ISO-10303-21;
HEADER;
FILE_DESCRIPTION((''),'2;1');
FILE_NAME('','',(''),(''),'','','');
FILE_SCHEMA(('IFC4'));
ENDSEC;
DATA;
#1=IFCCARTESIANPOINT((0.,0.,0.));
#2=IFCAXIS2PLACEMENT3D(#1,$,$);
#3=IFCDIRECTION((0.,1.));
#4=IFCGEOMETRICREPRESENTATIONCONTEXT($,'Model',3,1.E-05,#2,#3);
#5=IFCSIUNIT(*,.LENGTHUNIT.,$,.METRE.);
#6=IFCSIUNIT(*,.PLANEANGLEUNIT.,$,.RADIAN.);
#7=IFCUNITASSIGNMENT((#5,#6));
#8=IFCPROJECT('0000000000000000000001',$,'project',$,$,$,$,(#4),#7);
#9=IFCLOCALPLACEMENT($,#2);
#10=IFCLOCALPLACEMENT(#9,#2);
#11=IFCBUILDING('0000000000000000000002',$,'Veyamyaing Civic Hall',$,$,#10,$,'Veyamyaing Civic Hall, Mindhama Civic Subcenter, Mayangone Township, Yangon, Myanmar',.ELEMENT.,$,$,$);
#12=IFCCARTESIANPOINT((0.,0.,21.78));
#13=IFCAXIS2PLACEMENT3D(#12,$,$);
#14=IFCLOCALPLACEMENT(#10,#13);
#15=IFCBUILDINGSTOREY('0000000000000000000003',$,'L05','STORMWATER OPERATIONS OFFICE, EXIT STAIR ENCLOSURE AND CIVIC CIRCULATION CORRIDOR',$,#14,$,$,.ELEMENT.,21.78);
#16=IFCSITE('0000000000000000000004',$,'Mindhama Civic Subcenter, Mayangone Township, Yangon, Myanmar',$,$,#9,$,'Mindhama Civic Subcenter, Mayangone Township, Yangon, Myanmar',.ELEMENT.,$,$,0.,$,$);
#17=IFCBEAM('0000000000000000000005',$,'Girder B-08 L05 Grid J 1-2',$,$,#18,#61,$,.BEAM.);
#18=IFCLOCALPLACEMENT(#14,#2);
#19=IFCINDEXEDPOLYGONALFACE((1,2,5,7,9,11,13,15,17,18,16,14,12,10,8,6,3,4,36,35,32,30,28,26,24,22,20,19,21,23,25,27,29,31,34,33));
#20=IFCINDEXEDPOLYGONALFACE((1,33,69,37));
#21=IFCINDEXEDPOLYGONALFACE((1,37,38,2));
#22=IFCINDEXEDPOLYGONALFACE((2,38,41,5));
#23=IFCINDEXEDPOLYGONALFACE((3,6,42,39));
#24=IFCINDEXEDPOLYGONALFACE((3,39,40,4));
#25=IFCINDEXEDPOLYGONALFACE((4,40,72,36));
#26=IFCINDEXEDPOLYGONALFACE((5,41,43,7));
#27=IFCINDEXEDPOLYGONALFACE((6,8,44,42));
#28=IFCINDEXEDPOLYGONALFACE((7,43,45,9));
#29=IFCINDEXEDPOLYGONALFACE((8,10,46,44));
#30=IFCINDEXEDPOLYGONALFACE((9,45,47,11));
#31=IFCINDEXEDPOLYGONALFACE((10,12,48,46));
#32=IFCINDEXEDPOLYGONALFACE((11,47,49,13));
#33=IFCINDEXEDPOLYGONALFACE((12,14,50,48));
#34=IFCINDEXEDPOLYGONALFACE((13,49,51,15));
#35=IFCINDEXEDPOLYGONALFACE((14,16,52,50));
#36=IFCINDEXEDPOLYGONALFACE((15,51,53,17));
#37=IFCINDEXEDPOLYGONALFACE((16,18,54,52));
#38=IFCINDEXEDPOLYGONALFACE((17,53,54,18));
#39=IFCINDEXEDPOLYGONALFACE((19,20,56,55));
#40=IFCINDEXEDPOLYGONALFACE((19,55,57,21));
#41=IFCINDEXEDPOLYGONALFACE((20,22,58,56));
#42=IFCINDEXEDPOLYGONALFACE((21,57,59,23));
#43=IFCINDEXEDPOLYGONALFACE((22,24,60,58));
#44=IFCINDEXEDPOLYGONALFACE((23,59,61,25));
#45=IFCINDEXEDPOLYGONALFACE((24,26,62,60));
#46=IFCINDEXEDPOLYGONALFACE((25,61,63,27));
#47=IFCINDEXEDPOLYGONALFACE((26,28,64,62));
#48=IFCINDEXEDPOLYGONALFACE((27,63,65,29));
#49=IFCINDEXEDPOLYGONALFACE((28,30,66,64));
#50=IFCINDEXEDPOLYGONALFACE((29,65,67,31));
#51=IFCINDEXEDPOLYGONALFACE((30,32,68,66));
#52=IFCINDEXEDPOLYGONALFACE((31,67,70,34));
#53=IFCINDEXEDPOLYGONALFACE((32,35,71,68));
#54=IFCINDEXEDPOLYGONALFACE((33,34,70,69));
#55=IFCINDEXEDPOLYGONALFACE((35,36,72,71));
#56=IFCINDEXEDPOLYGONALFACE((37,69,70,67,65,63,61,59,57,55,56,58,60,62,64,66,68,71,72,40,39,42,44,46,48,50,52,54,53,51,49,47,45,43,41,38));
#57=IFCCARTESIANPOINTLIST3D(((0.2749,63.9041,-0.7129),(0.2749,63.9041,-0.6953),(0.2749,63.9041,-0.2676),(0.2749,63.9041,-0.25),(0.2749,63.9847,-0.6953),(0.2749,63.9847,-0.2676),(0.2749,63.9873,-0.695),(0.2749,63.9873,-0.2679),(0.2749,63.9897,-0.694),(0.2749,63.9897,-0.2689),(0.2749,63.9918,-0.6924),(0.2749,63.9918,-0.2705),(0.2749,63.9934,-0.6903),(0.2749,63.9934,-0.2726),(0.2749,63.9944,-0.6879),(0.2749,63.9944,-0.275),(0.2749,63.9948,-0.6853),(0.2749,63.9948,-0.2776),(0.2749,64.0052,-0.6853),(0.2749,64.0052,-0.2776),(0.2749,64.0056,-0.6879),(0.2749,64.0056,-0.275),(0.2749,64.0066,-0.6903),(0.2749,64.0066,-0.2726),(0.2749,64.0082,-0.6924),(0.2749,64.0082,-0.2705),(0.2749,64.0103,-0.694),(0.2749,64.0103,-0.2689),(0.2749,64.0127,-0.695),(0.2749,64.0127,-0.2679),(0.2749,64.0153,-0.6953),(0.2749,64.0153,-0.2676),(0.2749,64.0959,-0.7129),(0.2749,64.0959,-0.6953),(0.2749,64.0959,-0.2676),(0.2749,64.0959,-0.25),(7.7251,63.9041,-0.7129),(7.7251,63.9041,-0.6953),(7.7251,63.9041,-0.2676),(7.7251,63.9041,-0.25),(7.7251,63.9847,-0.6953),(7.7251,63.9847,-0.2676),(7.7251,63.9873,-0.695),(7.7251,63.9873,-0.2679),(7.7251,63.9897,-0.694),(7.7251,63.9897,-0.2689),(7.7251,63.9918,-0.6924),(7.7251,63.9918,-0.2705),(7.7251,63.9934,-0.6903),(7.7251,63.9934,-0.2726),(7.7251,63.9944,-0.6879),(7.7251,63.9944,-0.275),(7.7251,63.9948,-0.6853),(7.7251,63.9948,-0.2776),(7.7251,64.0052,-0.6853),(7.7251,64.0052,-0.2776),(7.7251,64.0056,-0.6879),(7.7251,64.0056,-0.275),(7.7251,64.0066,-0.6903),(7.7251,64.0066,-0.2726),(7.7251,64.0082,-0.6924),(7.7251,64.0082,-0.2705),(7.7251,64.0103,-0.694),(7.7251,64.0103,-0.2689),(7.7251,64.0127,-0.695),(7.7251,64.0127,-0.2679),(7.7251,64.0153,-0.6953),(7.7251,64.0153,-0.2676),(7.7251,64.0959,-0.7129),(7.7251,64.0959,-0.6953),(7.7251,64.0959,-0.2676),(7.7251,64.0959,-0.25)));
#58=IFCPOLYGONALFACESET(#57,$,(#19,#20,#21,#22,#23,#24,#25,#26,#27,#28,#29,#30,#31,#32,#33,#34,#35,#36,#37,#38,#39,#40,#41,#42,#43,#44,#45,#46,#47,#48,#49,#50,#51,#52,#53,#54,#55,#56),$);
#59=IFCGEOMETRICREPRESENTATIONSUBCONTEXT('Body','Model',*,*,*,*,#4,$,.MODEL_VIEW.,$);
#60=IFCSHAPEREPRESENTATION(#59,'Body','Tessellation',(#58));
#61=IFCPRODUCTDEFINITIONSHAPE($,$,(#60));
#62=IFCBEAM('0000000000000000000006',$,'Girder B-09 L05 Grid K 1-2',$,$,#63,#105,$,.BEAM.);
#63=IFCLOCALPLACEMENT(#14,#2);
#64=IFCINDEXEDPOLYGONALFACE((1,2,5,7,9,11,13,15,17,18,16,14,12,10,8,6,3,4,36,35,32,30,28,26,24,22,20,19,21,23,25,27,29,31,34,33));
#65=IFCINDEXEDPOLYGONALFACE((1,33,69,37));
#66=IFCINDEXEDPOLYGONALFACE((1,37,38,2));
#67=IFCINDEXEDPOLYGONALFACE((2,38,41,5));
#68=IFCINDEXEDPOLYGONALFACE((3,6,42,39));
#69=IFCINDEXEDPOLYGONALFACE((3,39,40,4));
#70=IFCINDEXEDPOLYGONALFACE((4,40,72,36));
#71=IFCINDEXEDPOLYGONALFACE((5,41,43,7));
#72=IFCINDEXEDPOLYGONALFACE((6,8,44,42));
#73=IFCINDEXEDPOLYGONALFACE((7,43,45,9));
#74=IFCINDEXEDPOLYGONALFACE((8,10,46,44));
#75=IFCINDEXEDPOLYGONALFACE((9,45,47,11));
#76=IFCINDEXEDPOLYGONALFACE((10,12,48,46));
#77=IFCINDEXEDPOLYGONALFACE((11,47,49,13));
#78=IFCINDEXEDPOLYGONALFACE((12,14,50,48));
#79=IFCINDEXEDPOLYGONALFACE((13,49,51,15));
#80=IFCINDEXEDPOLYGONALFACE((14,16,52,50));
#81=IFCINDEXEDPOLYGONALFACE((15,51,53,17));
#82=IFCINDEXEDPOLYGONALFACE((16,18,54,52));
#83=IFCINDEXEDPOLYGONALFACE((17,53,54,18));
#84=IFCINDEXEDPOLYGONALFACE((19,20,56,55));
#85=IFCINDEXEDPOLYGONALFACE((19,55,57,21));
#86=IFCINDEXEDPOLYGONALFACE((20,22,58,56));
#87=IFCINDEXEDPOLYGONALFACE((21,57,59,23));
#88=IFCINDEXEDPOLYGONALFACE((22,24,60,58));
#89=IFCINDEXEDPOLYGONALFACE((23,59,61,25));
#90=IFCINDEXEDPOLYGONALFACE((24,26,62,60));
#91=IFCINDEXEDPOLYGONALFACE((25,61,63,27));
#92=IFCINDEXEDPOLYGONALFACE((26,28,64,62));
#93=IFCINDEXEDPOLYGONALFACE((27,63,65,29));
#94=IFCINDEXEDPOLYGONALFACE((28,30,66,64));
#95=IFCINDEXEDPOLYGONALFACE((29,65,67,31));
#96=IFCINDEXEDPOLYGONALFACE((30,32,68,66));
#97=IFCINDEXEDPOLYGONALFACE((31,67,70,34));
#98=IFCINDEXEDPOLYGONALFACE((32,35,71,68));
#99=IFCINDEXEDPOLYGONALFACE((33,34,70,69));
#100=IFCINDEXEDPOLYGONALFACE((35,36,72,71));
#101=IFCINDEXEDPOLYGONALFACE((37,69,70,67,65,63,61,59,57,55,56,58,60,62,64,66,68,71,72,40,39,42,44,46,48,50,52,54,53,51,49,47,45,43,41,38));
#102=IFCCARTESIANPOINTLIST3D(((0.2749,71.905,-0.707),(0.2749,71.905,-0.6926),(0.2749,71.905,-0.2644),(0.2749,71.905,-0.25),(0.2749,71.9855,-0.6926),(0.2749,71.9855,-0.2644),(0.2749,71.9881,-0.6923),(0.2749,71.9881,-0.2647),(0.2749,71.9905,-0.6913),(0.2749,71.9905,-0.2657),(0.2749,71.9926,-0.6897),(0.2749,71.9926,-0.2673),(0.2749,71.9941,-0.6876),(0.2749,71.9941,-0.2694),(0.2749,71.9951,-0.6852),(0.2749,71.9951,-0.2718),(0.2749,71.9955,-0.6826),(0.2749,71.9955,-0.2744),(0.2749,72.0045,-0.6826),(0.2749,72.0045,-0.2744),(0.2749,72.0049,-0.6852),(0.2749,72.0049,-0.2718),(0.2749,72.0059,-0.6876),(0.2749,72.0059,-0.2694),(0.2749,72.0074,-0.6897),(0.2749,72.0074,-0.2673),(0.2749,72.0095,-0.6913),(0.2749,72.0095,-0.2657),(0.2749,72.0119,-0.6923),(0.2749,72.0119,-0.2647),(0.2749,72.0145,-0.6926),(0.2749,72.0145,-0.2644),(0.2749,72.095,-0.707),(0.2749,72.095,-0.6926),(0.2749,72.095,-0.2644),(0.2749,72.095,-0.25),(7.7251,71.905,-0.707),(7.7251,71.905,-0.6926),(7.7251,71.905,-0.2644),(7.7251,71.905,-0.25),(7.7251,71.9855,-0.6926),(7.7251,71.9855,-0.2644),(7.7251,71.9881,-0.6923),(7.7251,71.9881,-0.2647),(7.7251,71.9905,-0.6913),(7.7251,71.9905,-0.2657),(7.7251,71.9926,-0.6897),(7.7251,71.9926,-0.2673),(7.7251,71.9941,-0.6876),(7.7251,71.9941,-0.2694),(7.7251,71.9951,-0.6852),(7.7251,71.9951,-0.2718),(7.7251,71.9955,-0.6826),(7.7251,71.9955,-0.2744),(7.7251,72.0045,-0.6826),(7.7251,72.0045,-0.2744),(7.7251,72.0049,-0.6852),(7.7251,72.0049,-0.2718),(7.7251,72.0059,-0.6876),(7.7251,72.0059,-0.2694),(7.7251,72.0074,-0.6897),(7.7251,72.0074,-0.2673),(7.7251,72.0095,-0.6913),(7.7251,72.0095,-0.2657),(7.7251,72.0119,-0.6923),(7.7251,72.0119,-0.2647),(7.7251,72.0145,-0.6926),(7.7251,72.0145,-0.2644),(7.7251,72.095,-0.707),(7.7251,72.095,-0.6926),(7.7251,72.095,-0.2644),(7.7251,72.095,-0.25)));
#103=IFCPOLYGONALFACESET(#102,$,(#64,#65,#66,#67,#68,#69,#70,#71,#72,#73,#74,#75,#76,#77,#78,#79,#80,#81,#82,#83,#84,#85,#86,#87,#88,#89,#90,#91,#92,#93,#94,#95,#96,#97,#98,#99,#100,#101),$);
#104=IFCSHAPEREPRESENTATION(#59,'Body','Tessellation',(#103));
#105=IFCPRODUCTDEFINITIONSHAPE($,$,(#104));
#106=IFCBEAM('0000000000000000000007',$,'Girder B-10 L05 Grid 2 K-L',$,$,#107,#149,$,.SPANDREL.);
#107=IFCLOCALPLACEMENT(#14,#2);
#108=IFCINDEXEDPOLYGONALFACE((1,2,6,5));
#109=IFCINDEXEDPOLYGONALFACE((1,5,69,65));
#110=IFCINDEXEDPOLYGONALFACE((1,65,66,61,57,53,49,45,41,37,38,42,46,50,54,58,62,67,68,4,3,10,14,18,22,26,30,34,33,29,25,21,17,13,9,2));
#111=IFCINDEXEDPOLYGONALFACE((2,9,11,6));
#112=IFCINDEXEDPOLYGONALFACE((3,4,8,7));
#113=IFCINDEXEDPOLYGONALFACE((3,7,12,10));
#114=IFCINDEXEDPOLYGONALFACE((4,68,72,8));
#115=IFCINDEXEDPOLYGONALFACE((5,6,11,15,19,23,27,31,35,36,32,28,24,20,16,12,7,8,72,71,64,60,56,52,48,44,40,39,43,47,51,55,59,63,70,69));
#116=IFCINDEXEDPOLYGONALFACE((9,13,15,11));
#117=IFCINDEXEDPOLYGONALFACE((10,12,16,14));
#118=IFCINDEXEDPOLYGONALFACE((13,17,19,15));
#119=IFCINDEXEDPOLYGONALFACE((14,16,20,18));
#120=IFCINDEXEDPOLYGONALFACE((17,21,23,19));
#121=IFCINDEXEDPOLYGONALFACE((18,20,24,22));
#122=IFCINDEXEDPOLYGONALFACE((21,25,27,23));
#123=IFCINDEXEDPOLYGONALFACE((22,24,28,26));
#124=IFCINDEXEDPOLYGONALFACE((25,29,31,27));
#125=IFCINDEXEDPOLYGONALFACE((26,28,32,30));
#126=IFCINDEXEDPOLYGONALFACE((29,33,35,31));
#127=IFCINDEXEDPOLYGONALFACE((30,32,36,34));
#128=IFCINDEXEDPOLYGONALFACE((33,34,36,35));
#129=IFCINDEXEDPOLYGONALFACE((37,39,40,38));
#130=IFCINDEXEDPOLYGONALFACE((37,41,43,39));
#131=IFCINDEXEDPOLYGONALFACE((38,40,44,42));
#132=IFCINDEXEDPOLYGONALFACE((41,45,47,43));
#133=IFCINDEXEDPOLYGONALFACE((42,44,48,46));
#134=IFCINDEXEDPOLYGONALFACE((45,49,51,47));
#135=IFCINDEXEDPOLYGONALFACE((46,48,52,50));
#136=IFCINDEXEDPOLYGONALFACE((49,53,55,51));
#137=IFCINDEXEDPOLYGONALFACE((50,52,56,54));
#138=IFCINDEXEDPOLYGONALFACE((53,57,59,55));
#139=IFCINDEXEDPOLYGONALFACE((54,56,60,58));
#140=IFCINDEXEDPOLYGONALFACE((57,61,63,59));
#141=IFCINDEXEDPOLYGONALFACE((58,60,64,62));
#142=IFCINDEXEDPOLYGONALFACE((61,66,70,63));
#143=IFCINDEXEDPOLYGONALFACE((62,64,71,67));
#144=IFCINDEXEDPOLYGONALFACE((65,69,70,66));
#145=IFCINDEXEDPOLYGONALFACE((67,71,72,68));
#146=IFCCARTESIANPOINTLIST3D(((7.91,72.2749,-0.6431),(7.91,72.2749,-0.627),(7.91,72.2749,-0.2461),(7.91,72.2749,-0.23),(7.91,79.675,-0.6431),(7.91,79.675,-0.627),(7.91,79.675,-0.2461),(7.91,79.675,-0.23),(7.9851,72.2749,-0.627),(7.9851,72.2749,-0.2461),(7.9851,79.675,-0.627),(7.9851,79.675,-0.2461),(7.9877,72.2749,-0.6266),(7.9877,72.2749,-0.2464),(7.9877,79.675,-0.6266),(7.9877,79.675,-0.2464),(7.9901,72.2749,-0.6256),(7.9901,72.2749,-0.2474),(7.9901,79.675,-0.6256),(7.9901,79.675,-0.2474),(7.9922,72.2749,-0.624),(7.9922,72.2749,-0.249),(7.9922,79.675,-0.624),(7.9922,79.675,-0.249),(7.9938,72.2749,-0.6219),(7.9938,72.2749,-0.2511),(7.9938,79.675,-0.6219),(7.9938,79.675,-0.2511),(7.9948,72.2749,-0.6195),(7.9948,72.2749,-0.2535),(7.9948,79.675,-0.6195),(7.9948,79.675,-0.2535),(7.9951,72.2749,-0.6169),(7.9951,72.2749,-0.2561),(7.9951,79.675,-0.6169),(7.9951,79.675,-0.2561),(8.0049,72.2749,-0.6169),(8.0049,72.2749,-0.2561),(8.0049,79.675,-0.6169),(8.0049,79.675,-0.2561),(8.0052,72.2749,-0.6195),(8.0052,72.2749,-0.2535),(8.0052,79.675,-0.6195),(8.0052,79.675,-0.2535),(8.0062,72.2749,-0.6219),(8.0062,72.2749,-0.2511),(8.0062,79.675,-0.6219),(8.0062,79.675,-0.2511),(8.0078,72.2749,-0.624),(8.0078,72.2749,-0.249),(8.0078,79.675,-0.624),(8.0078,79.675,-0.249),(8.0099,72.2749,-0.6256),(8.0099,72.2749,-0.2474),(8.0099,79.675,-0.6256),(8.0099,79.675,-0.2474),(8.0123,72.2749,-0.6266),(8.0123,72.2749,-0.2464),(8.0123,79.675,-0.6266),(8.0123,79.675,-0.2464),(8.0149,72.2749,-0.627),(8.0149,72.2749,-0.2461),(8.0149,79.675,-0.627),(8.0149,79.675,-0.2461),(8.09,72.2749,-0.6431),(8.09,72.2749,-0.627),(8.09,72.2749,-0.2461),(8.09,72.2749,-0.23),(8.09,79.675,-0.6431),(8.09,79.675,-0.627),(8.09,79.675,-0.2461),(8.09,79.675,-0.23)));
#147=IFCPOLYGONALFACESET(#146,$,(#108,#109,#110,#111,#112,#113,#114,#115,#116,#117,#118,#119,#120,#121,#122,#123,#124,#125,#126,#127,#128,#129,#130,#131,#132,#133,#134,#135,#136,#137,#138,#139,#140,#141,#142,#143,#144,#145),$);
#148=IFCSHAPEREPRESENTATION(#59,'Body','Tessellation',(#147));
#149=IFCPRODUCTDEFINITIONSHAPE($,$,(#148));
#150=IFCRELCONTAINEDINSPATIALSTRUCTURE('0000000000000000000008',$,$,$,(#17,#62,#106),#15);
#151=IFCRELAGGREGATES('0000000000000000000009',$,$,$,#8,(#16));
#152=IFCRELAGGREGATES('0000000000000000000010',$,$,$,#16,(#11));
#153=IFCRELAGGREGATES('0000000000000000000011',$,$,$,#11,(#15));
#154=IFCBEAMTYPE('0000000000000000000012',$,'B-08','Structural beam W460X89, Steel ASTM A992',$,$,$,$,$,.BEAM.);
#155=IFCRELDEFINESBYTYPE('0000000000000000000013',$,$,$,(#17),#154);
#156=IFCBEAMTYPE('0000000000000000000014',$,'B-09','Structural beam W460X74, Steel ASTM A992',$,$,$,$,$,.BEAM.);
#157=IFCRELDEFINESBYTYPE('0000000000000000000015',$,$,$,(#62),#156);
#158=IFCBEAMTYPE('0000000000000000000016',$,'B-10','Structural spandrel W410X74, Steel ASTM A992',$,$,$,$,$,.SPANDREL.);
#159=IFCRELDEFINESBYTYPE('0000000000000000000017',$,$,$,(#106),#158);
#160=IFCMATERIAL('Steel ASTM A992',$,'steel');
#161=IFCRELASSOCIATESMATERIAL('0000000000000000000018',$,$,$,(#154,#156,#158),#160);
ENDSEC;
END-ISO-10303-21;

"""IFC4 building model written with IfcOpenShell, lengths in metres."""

from ifc_helpers import new_model, si_unit, direction, frame, origin, origin_2d, place, context, subcontext, project, spatial, i_section, extrude, material, material_profile, profile_set, type_object, element, save


model = new_model("IFC4")

# Units and contexts
model_context = context("Model", 3, precision=1e-05, world=origin(), true_north=direction((0.0, 1.0)))
body_context = subcontext(model_context, "Body", "Model", "MODEL_VIEW")
ifc_project = project(units=[si_unit("LENGTHUNIT", "METRE"), si_unit("PLANEANGLEUNIT", "RADIAN")], contexts=[model_context])

# Site, building, storey
site_placement = place(None, origin())
site = spatial("IfcSite", under=ifc_project, at=site_placement, Name="Mindhama Civic Subcenter, Mayangone Township, Yangon, Myanmar", LongName="Mindhama Civic Subcenter, Mayangone Township, Yangon, Myanmar", CompositionType="ELEMENT", RefElevation=0.0)
building_placement = place(site_placement, origin())
building = spatial("IfcBuilding", under=site, at=building_placement, Name="Veyamyaing Civic Hall", LongName="Veyamyaing Civic Hall, Mindhama Civic Subcenter, Mayangone Township, Yangon, Myanmar", CompositionType="ELEMENT")
storey_placement = place(building_placement, frame((0.0, 0.0, 21.78)))
storey = spatial("IfcBuildingStorey", under=building, at=storey_placement, Name="L05", Description="STORMWATER OPERATIONS OFFICE, EXIT STAIR ENCLOSURE AND CIVIC CIRCULATION CORRIDOR", CompositionType="ELEMENT", Elevation=21.78)

# Beams
ifc_material_1 = material(Name="Steel ASTM A992", Category="steel")
ifc_material_profile_1 = material_profile(ifc_material_1, i_section(OverallWidth=0.1919, OverallDepth=0.4629, WebThickness=0.0105, FlangeThickness=0.0176, FilletRadius=0.01, at=origin_2d()), Name="W460X89")
ifc_profile_set_1 = profile_set([ifc_material_profile_1], Name="Steel ASTM A992")
beam_type_1 = type_object("IfcBeamType", Name="B-08", Description="Structural beam W460X89, Steel ASTM A992", PredefinedType="BEAM", material=ifc_profile_set_1)
beam_1_placement = place(storey_placement, frame((0.2749, 64.0, -0.4814), z_axis=(1.0, 0.0, 0.0), x_axis=(0.0, 1.0, 0.0)))
element("IfcBeam", 1, at=beam_1_placement, inside=storey, type_object=beam_type_1, Name="Girder B-08 L05 Grid J 1-2", PredefinedType="BEAM", context=body_context, shape_type="SweptSolid", body=[
    extrude(i_section(OverallWidth=0.1919, OverallDepth=0.4629, WebThickness=0.0105, FlangeThickness=0.0176, FilletRadius=0.01, at=origin_2d()), origin(), (0.0, 0.0, 1.0), 7.4502),
])
ifc_material_profile_2 = material_profile(ifc_material_1, i_section(OverallWidth=0.1899, OverallDepth=0.457, WebThickness=0.009, FlangeThickness=0.0144, FilletRadius=0.01, at=origin_2d()), Name="W460X74")
ifc_profile_set_2 = profile_set([ifc_material_profile_2], Name="Steel ASTM A992")
beam_type_2 = type_object("IfcBeamType", Name="B-09", Description="Structural beam W460X74, Steel ASTM A992", PredefinedType="BEAM", material=ifc_profile_set_2)
beam_2_placement = place(storey_placement, frame((0.2749, 72.0, -0.4785), z_axis=(1.0, 0.0, 0.0), x_axis=(0.0, 1.0, 0.0)))
element("IfcBeam", 2, at=beam_2_placement, inside=storey, type_object=beam_type_2, Name="Girder B-09 L05 Grid K 1-2", PredefinedType="BEAM", context=body_context, shape_type="SweptSolid", body=[
    extrude(i_section(OverallWidth=0.1899, OverallDepth=0.457, WebThickness=0.009, FlangeThickness=0.0144, FilletRadius=0.01, at=origin_2d()), origin(), (0.0, 0.0, 1.0), 7.4502),
])
ifc_material_profile_3 = material_profile(ifc_material_1, i_section(OverallWidth=0.1799, OverallDepth=0.4131, WebThickness=0.0098, FlangeThickness=0.0161, FilletRadius=0.01, at=origin_2d()), Name="W410X74")
ifc_profile_set_3 = profile_set([ifc_material_profile_3], Name="Steel ASTM A992")
beam_type_3 = type_object("IfcBeamType", Name="B-10", Description="Structural spandrel W410X74, Steel ASTM A992", PredefinedType="SPANDREL", material=ifc_profile_set_3)
beam_3_placement = place(storey_placement, frame((8.0, 72.2749, -0.4365), z_axis=(0.0, 1.0, 0.0), x_axis=(-1.0, 0.0, 0.0)))
element("IfcBeam", 3, at=beam_3_placement, inside=storey, type_object=beam_type_3, Name="Girder B-10 L05 Grid 2 K-L", PredefinedType="SPANDREL", context=body_context, shape_type="SweptSolid", body=[
    extrude(i_section(OverallWidth=0.1799, OverallDepth=0.4131, WebThickness=0.0098, FlangeThickness=0.0161, FilletRadius=0.01, at=origin_2d()), origin(), (0.0, 0.0, 1.0), 7.4001),
])

save(model, "model.ifc")
